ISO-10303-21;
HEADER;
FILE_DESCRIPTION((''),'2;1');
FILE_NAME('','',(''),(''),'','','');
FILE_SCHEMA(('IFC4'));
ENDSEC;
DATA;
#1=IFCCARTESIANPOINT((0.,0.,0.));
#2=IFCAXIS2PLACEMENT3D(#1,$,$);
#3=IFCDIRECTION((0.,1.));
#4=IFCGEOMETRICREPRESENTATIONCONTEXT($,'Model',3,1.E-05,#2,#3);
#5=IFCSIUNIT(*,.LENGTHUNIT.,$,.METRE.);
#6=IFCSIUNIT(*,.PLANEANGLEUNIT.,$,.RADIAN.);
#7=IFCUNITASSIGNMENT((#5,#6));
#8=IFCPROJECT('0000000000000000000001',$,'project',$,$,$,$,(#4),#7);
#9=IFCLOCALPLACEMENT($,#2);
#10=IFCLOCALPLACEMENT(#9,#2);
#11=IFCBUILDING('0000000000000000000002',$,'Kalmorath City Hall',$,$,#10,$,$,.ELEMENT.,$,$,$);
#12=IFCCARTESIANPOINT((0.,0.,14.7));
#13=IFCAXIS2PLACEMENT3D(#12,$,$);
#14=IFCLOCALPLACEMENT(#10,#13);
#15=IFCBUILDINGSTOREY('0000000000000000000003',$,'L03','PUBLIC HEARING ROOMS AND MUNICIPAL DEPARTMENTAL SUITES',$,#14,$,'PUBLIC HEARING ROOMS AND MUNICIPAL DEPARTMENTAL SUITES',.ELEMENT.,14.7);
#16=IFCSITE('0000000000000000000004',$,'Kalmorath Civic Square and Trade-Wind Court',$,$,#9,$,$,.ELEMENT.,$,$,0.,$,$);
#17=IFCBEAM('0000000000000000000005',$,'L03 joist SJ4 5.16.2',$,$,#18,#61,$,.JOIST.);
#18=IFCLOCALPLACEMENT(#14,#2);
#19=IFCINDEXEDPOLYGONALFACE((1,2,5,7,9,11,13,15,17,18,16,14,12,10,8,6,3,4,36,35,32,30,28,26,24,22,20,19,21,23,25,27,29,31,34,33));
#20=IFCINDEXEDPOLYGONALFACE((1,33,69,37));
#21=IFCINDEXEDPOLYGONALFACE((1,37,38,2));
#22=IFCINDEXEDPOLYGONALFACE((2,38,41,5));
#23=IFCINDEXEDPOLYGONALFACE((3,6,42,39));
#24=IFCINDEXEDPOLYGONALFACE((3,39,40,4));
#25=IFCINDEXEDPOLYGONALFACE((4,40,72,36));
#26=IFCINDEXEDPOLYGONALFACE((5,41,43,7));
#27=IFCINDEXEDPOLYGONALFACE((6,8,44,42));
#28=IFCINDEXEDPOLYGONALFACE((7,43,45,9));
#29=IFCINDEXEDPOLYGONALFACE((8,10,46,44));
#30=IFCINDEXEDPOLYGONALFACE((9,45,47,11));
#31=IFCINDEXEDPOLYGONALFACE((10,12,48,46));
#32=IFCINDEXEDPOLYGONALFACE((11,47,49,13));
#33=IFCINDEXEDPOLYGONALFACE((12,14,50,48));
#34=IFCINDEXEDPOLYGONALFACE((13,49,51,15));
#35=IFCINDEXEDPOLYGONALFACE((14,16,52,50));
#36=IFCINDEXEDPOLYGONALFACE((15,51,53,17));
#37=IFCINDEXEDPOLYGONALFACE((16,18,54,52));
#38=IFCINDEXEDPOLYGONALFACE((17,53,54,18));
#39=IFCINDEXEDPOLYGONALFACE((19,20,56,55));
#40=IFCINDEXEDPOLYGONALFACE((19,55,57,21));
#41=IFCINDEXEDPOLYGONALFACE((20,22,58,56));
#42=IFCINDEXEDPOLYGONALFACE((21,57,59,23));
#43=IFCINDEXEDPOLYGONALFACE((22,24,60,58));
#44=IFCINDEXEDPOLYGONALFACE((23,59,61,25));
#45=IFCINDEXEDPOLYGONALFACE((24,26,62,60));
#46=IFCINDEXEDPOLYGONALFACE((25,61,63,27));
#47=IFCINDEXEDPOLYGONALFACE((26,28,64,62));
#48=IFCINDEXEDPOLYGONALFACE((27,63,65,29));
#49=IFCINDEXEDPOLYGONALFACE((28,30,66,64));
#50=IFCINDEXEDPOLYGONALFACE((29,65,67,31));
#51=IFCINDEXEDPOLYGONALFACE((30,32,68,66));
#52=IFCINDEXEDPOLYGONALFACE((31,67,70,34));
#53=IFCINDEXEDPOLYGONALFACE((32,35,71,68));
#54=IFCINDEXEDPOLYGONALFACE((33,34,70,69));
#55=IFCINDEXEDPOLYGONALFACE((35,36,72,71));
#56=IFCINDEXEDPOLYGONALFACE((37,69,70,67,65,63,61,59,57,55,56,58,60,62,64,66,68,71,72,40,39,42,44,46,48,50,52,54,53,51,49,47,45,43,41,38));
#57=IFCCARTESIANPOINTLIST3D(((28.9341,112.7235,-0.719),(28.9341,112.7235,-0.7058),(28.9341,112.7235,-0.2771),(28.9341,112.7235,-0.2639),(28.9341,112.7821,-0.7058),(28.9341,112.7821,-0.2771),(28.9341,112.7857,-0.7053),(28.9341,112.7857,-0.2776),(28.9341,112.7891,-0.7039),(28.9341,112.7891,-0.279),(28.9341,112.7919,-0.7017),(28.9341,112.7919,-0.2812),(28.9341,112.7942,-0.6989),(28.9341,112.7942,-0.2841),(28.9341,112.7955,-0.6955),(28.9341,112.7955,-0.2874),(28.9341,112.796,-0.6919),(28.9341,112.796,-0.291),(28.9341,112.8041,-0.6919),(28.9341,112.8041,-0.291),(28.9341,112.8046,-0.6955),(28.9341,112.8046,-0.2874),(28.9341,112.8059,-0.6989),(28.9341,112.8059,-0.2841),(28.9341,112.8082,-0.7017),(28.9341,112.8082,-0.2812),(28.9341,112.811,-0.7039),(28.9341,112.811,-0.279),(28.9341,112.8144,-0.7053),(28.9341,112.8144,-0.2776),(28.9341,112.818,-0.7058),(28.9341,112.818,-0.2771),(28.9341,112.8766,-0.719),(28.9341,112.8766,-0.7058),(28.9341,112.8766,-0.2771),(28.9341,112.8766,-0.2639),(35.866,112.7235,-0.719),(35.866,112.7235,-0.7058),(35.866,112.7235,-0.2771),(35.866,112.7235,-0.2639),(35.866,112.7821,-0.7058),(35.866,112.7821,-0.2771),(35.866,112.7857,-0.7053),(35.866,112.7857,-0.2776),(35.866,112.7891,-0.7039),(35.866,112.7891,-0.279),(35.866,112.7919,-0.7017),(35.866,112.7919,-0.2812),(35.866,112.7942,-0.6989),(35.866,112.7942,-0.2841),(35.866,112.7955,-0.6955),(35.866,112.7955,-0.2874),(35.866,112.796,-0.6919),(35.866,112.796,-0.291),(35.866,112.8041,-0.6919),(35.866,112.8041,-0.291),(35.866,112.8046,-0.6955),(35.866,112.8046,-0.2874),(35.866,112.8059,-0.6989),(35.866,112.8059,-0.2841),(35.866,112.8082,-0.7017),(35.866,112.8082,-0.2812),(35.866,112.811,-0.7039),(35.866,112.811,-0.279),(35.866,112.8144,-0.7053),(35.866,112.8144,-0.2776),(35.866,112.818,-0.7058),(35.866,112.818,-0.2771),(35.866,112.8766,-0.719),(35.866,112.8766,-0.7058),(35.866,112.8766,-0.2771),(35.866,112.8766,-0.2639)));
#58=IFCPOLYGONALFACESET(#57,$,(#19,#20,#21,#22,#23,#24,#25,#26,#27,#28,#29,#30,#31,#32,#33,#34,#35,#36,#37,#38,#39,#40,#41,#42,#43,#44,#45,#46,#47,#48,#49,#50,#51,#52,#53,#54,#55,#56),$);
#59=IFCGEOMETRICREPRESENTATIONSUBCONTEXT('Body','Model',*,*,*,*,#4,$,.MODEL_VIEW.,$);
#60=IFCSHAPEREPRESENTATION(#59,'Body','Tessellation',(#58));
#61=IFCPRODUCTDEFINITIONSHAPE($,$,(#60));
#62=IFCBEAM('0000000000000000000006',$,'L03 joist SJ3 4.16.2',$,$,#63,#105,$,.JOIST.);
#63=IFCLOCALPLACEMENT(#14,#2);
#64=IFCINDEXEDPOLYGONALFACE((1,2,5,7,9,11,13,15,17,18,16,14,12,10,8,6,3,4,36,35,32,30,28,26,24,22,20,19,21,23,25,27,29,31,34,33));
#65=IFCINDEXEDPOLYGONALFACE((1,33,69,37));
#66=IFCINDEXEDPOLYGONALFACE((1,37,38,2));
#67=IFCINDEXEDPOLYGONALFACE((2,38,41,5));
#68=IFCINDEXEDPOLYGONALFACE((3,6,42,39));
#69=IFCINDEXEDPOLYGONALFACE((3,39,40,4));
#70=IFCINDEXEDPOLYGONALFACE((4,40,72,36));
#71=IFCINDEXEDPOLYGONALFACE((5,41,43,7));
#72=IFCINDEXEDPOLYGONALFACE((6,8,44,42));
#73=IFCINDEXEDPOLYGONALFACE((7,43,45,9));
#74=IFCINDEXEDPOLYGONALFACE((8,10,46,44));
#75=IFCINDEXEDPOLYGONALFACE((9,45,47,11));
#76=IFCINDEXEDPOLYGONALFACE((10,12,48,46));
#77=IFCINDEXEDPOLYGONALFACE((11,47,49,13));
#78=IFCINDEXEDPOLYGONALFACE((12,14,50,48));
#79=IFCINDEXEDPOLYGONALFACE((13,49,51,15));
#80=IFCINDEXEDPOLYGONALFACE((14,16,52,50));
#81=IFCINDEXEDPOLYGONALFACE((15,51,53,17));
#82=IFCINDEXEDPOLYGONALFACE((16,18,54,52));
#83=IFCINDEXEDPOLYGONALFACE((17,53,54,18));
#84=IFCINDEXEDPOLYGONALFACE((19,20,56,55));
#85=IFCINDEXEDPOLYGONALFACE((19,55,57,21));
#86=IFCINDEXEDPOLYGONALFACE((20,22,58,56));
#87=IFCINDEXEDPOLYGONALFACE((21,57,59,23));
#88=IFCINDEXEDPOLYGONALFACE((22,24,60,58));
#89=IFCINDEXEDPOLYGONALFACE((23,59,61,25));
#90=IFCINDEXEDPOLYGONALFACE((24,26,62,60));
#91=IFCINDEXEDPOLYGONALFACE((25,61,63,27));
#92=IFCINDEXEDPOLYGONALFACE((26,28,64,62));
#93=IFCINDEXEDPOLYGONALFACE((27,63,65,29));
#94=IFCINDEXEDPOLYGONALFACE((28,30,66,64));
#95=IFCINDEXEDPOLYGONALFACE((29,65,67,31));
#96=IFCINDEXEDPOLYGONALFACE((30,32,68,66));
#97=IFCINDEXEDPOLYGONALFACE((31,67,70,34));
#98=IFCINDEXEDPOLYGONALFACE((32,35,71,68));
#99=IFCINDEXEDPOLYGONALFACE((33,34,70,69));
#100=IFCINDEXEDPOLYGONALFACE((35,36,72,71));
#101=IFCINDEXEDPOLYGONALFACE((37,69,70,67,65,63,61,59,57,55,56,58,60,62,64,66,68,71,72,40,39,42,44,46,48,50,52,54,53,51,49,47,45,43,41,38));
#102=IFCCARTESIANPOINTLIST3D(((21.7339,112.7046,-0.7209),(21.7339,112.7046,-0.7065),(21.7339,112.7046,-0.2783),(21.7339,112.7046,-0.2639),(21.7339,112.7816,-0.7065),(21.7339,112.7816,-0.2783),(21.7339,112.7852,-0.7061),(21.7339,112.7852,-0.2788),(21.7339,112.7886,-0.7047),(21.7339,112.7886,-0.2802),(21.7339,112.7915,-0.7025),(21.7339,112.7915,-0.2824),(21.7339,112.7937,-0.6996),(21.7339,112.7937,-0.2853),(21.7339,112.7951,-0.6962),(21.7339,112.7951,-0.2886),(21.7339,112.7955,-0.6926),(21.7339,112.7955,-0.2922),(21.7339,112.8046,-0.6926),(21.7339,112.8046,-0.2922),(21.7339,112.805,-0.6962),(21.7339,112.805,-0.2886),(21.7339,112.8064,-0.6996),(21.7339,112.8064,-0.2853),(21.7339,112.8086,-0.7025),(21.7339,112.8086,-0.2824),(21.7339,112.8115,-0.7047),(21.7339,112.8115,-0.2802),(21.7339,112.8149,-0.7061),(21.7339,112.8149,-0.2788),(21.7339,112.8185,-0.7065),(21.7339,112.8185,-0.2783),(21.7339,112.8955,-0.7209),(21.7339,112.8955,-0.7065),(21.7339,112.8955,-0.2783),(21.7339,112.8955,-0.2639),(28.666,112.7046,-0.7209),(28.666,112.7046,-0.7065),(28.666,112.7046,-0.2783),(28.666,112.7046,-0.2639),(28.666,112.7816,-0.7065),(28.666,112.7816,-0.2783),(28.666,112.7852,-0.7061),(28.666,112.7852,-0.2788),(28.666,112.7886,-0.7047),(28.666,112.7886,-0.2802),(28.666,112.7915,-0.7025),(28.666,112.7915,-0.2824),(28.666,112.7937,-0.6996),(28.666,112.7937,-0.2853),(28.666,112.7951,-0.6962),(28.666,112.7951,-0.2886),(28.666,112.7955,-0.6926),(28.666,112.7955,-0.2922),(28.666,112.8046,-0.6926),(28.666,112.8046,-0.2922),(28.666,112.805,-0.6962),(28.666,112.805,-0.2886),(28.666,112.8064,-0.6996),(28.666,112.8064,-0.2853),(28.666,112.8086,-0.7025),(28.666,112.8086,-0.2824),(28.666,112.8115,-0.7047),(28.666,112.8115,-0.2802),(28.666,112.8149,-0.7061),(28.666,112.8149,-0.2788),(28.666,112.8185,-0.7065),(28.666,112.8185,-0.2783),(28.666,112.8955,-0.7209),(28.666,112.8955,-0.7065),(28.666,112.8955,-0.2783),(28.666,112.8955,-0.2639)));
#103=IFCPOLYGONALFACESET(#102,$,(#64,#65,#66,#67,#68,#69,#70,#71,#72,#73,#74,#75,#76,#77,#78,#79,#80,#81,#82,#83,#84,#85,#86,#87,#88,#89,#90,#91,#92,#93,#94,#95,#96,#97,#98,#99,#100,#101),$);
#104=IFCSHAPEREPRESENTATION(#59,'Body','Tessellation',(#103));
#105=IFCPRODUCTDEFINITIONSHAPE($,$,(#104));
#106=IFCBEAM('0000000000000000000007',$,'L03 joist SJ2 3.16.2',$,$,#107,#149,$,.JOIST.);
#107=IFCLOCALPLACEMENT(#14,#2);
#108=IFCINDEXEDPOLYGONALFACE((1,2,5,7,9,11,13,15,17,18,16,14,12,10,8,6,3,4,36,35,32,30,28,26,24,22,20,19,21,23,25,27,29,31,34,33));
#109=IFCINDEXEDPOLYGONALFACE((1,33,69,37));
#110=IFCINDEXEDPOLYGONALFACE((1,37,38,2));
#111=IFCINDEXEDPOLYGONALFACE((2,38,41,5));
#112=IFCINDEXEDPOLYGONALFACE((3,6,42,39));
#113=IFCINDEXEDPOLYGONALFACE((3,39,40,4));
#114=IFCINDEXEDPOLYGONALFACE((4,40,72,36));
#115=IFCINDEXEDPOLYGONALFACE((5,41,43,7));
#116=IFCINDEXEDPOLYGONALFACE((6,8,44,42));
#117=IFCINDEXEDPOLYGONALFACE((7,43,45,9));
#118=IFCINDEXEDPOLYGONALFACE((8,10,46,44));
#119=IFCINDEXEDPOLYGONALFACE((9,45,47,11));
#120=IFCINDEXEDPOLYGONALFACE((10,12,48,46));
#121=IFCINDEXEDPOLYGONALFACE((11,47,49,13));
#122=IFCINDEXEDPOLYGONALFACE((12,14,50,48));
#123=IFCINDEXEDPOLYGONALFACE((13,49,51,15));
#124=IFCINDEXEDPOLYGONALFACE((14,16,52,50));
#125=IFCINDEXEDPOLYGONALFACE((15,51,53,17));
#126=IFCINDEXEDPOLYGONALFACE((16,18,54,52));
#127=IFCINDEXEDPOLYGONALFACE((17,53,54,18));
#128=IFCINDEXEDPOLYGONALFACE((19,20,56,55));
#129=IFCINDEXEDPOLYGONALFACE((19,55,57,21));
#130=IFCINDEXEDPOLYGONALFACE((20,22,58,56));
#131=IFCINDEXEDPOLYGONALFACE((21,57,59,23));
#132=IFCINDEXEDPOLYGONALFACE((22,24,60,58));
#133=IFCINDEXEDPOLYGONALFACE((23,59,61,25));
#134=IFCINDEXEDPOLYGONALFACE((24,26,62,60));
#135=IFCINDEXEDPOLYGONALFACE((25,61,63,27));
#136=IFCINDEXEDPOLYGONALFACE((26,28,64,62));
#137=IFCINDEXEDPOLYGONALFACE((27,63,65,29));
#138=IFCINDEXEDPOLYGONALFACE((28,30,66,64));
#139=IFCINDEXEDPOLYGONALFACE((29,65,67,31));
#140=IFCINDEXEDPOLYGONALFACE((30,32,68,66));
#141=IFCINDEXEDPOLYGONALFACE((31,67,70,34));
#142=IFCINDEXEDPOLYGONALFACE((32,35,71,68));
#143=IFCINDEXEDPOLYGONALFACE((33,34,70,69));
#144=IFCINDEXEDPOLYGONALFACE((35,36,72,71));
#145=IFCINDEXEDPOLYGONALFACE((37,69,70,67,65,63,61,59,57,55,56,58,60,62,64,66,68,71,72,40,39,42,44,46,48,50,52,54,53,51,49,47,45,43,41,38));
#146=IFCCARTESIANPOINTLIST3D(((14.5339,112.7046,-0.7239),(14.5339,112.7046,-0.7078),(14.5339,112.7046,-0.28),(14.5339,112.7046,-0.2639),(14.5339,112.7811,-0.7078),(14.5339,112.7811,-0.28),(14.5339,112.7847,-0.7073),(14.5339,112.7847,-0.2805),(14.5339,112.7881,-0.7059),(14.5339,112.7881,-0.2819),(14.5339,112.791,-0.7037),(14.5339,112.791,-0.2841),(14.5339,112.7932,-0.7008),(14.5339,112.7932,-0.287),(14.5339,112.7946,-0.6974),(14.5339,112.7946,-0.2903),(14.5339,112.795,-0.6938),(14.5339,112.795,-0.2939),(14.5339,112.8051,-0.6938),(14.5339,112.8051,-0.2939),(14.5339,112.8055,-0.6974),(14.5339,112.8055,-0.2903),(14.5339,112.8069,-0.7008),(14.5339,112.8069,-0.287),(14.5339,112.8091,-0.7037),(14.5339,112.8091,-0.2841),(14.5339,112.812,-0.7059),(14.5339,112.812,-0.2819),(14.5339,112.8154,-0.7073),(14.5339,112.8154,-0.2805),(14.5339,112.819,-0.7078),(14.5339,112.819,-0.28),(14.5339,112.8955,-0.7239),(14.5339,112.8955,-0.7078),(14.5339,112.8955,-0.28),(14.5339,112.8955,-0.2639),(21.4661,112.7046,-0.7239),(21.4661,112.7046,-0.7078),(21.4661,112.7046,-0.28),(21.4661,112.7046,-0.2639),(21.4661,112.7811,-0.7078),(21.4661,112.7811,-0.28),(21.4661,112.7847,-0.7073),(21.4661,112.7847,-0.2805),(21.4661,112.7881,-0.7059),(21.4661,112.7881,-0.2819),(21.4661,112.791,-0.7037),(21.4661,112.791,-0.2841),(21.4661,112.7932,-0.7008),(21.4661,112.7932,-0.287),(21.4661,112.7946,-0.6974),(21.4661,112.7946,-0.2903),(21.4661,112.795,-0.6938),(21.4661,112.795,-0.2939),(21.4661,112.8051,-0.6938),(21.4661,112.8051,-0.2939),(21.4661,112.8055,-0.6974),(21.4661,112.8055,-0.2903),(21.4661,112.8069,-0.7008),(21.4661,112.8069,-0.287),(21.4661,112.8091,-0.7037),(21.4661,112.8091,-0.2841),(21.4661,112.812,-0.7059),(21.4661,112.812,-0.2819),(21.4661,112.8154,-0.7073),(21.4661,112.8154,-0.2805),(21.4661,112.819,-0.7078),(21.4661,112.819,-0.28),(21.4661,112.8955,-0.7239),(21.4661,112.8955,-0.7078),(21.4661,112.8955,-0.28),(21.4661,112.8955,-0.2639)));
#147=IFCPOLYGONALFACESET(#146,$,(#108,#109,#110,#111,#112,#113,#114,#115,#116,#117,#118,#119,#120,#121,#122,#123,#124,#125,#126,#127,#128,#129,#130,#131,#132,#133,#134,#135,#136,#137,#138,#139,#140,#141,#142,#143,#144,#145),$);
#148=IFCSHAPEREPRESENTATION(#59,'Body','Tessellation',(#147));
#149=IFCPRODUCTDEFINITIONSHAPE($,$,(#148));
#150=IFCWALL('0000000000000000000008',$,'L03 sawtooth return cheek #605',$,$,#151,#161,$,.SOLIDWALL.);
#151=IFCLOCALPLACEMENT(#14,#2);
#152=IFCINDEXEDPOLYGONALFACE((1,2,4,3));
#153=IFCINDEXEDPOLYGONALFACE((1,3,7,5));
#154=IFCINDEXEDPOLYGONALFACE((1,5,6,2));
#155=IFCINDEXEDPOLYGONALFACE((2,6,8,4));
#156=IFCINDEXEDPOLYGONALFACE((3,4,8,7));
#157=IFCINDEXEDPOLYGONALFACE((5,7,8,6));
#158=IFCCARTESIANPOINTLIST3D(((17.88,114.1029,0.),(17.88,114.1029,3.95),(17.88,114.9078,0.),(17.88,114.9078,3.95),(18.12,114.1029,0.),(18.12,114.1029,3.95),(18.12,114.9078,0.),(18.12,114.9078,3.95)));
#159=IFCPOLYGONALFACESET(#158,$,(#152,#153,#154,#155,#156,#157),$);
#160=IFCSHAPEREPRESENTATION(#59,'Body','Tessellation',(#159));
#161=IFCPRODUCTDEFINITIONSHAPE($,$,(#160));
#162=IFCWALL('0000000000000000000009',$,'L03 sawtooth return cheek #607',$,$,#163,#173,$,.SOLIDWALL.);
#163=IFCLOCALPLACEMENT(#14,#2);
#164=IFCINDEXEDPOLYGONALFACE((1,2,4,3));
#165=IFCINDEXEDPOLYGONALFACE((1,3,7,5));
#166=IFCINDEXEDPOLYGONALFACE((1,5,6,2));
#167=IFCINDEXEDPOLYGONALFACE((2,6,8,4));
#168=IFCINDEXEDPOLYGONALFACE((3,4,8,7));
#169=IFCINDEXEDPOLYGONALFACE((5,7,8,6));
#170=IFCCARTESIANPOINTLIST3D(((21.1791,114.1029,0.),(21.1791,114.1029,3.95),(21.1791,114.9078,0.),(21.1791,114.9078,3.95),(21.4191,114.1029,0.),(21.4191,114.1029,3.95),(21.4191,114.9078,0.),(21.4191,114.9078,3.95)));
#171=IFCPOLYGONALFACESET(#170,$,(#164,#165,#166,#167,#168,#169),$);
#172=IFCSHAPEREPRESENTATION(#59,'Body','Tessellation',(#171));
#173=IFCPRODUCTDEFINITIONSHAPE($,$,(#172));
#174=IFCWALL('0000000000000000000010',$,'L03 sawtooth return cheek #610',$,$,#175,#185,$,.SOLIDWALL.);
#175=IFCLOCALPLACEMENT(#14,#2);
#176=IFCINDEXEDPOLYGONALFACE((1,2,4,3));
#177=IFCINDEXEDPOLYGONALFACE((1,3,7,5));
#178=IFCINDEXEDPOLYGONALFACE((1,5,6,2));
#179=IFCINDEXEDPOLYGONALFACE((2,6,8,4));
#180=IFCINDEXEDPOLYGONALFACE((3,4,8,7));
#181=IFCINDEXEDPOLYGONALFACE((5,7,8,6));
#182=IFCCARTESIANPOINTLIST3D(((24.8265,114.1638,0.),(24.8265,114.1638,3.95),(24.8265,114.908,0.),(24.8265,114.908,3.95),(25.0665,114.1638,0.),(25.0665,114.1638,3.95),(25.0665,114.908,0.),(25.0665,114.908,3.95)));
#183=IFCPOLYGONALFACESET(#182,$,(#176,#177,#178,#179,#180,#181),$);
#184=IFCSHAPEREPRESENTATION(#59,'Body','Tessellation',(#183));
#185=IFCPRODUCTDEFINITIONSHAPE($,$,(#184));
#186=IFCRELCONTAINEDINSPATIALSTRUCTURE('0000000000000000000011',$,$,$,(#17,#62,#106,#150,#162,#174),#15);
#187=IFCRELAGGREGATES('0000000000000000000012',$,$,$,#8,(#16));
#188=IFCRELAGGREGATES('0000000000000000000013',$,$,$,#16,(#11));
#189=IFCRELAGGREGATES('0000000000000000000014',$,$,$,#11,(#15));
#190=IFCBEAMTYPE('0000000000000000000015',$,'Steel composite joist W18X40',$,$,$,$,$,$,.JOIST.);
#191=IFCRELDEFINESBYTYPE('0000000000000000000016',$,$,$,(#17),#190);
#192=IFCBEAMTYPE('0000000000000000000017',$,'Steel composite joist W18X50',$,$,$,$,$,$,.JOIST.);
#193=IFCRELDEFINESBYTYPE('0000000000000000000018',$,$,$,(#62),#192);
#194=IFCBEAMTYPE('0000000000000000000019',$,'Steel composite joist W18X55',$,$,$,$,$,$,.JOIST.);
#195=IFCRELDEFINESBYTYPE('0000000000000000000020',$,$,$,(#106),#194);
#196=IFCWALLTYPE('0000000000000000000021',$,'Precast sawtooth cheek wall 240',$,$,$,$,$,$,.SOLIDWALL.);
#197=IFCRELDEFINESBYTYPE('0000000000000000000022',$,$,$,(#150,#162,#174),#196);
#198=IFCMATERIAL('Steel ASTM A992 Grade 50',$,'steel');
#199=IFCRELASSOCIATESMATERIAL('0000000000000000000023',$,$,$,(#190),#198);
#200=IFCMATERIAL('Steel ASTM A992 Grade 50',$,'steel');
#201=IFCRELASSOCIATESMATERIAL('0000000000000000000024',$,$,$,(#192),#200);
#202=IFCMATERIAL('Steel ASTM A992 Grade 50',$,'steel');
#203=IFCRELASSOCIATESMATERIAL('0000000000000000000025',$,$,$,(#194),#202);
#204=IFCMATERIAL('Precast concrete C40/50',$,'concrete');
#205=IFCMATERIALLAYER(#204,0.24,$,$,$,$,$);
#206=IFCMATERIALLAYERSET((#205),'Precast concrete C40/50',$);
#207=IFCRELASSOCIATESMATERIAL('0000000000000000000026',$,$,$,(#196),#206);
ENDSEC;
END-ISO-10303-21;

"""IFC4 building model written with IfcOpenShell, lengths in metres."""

from ifc_helpers import new_model, si_unit, direction, frame, frame_2d, origin, origin_2d, place, context, subcontext, project, spatial, rectangle, i_section, extrude, material, layer, layer_set, material_profile, profile_set, type_object, element, save


model = new_model("IFC4")

# Units and contexts
model_context = context("Model", 3, precision=1e-05, world=origin(), true_north=direction((0.0, 1.0)))
body_context = subcontext(model_context, "Body", "Model", "MODEL_VIEW")
ifc_project = project(units=[si_unit("LENGTHUNIT", "METRE"), si_unit("PLANEANGLEUNIT", "RADIAN")], contexts=[model_context])

# Site, building, storey
site_placement = place(None, origin())
site = spatial("IfcSite", under=ifc_project, at=site_placement, Name="Kalmorath Civic Square and Trade-Wind Court", CompositionType="ELEMENT", RefElevation=0.0)
building_placement = place(site_placement, origin())
building = spatial("IfcBuilding", under=site, at=building_placement, Name="Kalmorath City Hall", CompositionType="ELEMENT")
storey_placement = place(building_placement, frame((0.0, 0.0, 14.7)))
storey = spatial("IfcBuildingStorey", under=building, at=storey_placement, Name="L03", Description="PUBLIC HEARING ROOMS AND MUNICIPAL DEPARTMENTAL SUITES", LongName="PUBLIC HEARING ROOMS AND MUNICIPAL DEPARTMENTAL SUITES", CompositionType="ELEMENT", Elevation=14.7)

# Beams
ifc_material_1 = material(Name="Steel ASTM A992 Grade 50", Category="steel")
ifc_material_profile_1 = material_profile(ifc_material_1, i_section(OverallWidth=0.1531, OverallDepth=0.4551, WebThickness=0.0081, FlangeThickness=0.0132, FilletRadius=0.0139, at=origin_2d()), Name="W18X40")
ifc_profile_set_1 = profile_set([ifc_material_profile_1], Name="Steel ASTM A992 Grade 50")
beam_type_1 = type_object("IfcBeamType", Name="Steel composite joist W18X40", PredefinedType="JOIST", material=ifc_profile_set_1)
for number, where, z_axis, x_axis, name in (
    (1, (28.9341, 112.8, -0.4915), (1.0, 0.0, 0.0), (0.0, 1.0, 0.0), "L03 joist SJ4 5.16.2"),
):
    element("IfcBeam", number, at=place(storey_placement, frame(where, z_axis=z_axis, x_axis=x_axis)), inside=storey, type_object=beam_type_1, Name=name, PredefinedType="JOIST", context=body_context, shape_type="SweptSolid", body=[
        extrude(i_section(OverallWidth=0.1531, OverallDepth=0.4551, WebThickness=0.0081, FlangeThickness=0.0132, FilletRadius=0.0139, at=origin_2d()), origin(), (0.0, 0.0, 1.0), 6.9319),
    ])
ifc_material_2 = material(Name="Steel ASTM A992 Grade 50", Category="steel")
ifc_material_profile_2 = material_profile(ifc_material_2, i_section(OverallWidth=0.1909, OverallDepth=0.457, WebThickness=0.009, FlangeThickness=0.0144, FilletRadius=0.0139, at=origin_2d()), Name="W18X50")
ifc_profile_set_2 = profile_set([ifc_material_profile_2], Name="Steel ASTM A992 Grade 50")
beam_type_2 = type_object("IfcBeamType", Name="Steel composite joist W18X50", PredefinedType="JOIST", material=ifc_profile_set_2)
beam_1_placement = place(storey_placement, frame((21.7339, 112.8, -0.4924), z_axis=(1.0, 0.0, 0.0), x_axis=(0.0, 1.0, 0.0)))
element("IfcBeam", 2, at=beam_1_placement, inside=storey, type_object=beam_type_2, Name="L03 joist SJ3 4.16.2", PredefinedType="JOIST", context=body_context, shape_type="SweptSolid", body=[
    extrude(i_section(OverallWidth=0.1909, OverallDepth=0.457, WebThickness=0.009, FlangeThickness=0.0144, FilletRadius=0.0139, at=origin_2d()), origin(), (0.0, 0.0, 1.0), 6.9321),
])
ifc_material_3 = material(Name="Steel ASTM A992 Grade 50", Category="steel")
ifc_material_profile_3 = material_profile(ifc_material_3, i_section(OverallWidth=0.1909, OverallDepth=0.46, WebThickness=0.01, FlangeThickness=0.0161, FilletRadius=0.0139, at=origin_2d()), Name="W18X55")
ifc_profile_set_3 = profile_set([ifc_material_profile_3], Name="Steel ASTM A992 Grade 50")
beam_type_3 = type_object("IfcBeamType", Name="Steel composite joist W18X55", PredefinedType="JOIST", material=ifc_profile_set_3)
beam_2_placement = place(storey_placement, frame((14.5339, 112.8, -0.4939), z_axis=(1.0, 0.0, 0.0), x_axis=(0.0, 1.0, 0.0)))
element("IfcBeam", 3, at=beam_2_placement, inside=storey, type_object=beam_type_3, Name="L03 joist SJ2 3.16.2", PredefinedType="JOIST", context=body_context, shape_type="SweptSolid", body=[
    extrude(i_section(OverallWidth=0.1909, OverallDepth=0.46, WebThickness=0.01, FlangeThickness=0.0161, FilletRadius=0.0139, at=origin_2d()), origin(), (0.0, 0.0, 1.0), 6.9321),
])

# Walls
ifc_material_4 = material(Name="Precast concrete C40/50", Category="concrete")
ifc_layer_1 = layer(ifc_material_4, 0.24)
ifc_layer_set_1 = layer_set([ifc_layer_1], Name="Precast concrete C40/50")
wall_type_1 = type_object("IfcWallType", Name="Precast sawtooth cheek wall 240", PredefinedType="SOLIDWALL", material=ifc_layer_set_1)
for number, where, z_axis, x_axis, name in (
    (4, (18.0, 114.103, 0.0), (0.0, 0.0, 1.0), (0.0, 1.0, 0.0), "L03 sawtooth return cheek #605"),
    (5, (21.2991, 114.103, 0.0), (0.0, 0.0, 1.0), (0.0, 1.0, 0.0), "L03 sawtooth return cheek #607"),
):
    element("IfcWall", number, at=place(storey_placement, frame(where, z_axis=z_axis, x_axis=x_axis)), inside=storey, type_object=wall_type_1, Name=name, PredefinedType="SOLIDWALL", context=body_context, shape_type="SweptSolid", body=[
        extrude(rectangle(XDim=0.8049, YDim=0.24, at=frame_2d((0.4023, 0.0))), origin(), (0.0, 0.0, 1.0), 3.95),
    ])
wall_1_placement = place(storey_placement, frame((24.9465, 114.1638, 0.0), z_axis=(0.0, 0.0, 1.0), x_axis=(0.0, 1.0, 0.0)))
element("IfcWall", 6, at=wall_1_placement, inside=storey, type_object=wall_type_1, Name="L03 sawtooth return cheek #610", PredefinedType="SOLIDWALL", context=body_context, shape_type="SweptSolid", body=[
    extrude(rectangle(XDim=0.7441, YDim=0.24, at=frame_2d((0.3721, 0.0))), origin(), (0.0, 0.0, 1.0), 3.95),
])

save(model, "model.ifc")
